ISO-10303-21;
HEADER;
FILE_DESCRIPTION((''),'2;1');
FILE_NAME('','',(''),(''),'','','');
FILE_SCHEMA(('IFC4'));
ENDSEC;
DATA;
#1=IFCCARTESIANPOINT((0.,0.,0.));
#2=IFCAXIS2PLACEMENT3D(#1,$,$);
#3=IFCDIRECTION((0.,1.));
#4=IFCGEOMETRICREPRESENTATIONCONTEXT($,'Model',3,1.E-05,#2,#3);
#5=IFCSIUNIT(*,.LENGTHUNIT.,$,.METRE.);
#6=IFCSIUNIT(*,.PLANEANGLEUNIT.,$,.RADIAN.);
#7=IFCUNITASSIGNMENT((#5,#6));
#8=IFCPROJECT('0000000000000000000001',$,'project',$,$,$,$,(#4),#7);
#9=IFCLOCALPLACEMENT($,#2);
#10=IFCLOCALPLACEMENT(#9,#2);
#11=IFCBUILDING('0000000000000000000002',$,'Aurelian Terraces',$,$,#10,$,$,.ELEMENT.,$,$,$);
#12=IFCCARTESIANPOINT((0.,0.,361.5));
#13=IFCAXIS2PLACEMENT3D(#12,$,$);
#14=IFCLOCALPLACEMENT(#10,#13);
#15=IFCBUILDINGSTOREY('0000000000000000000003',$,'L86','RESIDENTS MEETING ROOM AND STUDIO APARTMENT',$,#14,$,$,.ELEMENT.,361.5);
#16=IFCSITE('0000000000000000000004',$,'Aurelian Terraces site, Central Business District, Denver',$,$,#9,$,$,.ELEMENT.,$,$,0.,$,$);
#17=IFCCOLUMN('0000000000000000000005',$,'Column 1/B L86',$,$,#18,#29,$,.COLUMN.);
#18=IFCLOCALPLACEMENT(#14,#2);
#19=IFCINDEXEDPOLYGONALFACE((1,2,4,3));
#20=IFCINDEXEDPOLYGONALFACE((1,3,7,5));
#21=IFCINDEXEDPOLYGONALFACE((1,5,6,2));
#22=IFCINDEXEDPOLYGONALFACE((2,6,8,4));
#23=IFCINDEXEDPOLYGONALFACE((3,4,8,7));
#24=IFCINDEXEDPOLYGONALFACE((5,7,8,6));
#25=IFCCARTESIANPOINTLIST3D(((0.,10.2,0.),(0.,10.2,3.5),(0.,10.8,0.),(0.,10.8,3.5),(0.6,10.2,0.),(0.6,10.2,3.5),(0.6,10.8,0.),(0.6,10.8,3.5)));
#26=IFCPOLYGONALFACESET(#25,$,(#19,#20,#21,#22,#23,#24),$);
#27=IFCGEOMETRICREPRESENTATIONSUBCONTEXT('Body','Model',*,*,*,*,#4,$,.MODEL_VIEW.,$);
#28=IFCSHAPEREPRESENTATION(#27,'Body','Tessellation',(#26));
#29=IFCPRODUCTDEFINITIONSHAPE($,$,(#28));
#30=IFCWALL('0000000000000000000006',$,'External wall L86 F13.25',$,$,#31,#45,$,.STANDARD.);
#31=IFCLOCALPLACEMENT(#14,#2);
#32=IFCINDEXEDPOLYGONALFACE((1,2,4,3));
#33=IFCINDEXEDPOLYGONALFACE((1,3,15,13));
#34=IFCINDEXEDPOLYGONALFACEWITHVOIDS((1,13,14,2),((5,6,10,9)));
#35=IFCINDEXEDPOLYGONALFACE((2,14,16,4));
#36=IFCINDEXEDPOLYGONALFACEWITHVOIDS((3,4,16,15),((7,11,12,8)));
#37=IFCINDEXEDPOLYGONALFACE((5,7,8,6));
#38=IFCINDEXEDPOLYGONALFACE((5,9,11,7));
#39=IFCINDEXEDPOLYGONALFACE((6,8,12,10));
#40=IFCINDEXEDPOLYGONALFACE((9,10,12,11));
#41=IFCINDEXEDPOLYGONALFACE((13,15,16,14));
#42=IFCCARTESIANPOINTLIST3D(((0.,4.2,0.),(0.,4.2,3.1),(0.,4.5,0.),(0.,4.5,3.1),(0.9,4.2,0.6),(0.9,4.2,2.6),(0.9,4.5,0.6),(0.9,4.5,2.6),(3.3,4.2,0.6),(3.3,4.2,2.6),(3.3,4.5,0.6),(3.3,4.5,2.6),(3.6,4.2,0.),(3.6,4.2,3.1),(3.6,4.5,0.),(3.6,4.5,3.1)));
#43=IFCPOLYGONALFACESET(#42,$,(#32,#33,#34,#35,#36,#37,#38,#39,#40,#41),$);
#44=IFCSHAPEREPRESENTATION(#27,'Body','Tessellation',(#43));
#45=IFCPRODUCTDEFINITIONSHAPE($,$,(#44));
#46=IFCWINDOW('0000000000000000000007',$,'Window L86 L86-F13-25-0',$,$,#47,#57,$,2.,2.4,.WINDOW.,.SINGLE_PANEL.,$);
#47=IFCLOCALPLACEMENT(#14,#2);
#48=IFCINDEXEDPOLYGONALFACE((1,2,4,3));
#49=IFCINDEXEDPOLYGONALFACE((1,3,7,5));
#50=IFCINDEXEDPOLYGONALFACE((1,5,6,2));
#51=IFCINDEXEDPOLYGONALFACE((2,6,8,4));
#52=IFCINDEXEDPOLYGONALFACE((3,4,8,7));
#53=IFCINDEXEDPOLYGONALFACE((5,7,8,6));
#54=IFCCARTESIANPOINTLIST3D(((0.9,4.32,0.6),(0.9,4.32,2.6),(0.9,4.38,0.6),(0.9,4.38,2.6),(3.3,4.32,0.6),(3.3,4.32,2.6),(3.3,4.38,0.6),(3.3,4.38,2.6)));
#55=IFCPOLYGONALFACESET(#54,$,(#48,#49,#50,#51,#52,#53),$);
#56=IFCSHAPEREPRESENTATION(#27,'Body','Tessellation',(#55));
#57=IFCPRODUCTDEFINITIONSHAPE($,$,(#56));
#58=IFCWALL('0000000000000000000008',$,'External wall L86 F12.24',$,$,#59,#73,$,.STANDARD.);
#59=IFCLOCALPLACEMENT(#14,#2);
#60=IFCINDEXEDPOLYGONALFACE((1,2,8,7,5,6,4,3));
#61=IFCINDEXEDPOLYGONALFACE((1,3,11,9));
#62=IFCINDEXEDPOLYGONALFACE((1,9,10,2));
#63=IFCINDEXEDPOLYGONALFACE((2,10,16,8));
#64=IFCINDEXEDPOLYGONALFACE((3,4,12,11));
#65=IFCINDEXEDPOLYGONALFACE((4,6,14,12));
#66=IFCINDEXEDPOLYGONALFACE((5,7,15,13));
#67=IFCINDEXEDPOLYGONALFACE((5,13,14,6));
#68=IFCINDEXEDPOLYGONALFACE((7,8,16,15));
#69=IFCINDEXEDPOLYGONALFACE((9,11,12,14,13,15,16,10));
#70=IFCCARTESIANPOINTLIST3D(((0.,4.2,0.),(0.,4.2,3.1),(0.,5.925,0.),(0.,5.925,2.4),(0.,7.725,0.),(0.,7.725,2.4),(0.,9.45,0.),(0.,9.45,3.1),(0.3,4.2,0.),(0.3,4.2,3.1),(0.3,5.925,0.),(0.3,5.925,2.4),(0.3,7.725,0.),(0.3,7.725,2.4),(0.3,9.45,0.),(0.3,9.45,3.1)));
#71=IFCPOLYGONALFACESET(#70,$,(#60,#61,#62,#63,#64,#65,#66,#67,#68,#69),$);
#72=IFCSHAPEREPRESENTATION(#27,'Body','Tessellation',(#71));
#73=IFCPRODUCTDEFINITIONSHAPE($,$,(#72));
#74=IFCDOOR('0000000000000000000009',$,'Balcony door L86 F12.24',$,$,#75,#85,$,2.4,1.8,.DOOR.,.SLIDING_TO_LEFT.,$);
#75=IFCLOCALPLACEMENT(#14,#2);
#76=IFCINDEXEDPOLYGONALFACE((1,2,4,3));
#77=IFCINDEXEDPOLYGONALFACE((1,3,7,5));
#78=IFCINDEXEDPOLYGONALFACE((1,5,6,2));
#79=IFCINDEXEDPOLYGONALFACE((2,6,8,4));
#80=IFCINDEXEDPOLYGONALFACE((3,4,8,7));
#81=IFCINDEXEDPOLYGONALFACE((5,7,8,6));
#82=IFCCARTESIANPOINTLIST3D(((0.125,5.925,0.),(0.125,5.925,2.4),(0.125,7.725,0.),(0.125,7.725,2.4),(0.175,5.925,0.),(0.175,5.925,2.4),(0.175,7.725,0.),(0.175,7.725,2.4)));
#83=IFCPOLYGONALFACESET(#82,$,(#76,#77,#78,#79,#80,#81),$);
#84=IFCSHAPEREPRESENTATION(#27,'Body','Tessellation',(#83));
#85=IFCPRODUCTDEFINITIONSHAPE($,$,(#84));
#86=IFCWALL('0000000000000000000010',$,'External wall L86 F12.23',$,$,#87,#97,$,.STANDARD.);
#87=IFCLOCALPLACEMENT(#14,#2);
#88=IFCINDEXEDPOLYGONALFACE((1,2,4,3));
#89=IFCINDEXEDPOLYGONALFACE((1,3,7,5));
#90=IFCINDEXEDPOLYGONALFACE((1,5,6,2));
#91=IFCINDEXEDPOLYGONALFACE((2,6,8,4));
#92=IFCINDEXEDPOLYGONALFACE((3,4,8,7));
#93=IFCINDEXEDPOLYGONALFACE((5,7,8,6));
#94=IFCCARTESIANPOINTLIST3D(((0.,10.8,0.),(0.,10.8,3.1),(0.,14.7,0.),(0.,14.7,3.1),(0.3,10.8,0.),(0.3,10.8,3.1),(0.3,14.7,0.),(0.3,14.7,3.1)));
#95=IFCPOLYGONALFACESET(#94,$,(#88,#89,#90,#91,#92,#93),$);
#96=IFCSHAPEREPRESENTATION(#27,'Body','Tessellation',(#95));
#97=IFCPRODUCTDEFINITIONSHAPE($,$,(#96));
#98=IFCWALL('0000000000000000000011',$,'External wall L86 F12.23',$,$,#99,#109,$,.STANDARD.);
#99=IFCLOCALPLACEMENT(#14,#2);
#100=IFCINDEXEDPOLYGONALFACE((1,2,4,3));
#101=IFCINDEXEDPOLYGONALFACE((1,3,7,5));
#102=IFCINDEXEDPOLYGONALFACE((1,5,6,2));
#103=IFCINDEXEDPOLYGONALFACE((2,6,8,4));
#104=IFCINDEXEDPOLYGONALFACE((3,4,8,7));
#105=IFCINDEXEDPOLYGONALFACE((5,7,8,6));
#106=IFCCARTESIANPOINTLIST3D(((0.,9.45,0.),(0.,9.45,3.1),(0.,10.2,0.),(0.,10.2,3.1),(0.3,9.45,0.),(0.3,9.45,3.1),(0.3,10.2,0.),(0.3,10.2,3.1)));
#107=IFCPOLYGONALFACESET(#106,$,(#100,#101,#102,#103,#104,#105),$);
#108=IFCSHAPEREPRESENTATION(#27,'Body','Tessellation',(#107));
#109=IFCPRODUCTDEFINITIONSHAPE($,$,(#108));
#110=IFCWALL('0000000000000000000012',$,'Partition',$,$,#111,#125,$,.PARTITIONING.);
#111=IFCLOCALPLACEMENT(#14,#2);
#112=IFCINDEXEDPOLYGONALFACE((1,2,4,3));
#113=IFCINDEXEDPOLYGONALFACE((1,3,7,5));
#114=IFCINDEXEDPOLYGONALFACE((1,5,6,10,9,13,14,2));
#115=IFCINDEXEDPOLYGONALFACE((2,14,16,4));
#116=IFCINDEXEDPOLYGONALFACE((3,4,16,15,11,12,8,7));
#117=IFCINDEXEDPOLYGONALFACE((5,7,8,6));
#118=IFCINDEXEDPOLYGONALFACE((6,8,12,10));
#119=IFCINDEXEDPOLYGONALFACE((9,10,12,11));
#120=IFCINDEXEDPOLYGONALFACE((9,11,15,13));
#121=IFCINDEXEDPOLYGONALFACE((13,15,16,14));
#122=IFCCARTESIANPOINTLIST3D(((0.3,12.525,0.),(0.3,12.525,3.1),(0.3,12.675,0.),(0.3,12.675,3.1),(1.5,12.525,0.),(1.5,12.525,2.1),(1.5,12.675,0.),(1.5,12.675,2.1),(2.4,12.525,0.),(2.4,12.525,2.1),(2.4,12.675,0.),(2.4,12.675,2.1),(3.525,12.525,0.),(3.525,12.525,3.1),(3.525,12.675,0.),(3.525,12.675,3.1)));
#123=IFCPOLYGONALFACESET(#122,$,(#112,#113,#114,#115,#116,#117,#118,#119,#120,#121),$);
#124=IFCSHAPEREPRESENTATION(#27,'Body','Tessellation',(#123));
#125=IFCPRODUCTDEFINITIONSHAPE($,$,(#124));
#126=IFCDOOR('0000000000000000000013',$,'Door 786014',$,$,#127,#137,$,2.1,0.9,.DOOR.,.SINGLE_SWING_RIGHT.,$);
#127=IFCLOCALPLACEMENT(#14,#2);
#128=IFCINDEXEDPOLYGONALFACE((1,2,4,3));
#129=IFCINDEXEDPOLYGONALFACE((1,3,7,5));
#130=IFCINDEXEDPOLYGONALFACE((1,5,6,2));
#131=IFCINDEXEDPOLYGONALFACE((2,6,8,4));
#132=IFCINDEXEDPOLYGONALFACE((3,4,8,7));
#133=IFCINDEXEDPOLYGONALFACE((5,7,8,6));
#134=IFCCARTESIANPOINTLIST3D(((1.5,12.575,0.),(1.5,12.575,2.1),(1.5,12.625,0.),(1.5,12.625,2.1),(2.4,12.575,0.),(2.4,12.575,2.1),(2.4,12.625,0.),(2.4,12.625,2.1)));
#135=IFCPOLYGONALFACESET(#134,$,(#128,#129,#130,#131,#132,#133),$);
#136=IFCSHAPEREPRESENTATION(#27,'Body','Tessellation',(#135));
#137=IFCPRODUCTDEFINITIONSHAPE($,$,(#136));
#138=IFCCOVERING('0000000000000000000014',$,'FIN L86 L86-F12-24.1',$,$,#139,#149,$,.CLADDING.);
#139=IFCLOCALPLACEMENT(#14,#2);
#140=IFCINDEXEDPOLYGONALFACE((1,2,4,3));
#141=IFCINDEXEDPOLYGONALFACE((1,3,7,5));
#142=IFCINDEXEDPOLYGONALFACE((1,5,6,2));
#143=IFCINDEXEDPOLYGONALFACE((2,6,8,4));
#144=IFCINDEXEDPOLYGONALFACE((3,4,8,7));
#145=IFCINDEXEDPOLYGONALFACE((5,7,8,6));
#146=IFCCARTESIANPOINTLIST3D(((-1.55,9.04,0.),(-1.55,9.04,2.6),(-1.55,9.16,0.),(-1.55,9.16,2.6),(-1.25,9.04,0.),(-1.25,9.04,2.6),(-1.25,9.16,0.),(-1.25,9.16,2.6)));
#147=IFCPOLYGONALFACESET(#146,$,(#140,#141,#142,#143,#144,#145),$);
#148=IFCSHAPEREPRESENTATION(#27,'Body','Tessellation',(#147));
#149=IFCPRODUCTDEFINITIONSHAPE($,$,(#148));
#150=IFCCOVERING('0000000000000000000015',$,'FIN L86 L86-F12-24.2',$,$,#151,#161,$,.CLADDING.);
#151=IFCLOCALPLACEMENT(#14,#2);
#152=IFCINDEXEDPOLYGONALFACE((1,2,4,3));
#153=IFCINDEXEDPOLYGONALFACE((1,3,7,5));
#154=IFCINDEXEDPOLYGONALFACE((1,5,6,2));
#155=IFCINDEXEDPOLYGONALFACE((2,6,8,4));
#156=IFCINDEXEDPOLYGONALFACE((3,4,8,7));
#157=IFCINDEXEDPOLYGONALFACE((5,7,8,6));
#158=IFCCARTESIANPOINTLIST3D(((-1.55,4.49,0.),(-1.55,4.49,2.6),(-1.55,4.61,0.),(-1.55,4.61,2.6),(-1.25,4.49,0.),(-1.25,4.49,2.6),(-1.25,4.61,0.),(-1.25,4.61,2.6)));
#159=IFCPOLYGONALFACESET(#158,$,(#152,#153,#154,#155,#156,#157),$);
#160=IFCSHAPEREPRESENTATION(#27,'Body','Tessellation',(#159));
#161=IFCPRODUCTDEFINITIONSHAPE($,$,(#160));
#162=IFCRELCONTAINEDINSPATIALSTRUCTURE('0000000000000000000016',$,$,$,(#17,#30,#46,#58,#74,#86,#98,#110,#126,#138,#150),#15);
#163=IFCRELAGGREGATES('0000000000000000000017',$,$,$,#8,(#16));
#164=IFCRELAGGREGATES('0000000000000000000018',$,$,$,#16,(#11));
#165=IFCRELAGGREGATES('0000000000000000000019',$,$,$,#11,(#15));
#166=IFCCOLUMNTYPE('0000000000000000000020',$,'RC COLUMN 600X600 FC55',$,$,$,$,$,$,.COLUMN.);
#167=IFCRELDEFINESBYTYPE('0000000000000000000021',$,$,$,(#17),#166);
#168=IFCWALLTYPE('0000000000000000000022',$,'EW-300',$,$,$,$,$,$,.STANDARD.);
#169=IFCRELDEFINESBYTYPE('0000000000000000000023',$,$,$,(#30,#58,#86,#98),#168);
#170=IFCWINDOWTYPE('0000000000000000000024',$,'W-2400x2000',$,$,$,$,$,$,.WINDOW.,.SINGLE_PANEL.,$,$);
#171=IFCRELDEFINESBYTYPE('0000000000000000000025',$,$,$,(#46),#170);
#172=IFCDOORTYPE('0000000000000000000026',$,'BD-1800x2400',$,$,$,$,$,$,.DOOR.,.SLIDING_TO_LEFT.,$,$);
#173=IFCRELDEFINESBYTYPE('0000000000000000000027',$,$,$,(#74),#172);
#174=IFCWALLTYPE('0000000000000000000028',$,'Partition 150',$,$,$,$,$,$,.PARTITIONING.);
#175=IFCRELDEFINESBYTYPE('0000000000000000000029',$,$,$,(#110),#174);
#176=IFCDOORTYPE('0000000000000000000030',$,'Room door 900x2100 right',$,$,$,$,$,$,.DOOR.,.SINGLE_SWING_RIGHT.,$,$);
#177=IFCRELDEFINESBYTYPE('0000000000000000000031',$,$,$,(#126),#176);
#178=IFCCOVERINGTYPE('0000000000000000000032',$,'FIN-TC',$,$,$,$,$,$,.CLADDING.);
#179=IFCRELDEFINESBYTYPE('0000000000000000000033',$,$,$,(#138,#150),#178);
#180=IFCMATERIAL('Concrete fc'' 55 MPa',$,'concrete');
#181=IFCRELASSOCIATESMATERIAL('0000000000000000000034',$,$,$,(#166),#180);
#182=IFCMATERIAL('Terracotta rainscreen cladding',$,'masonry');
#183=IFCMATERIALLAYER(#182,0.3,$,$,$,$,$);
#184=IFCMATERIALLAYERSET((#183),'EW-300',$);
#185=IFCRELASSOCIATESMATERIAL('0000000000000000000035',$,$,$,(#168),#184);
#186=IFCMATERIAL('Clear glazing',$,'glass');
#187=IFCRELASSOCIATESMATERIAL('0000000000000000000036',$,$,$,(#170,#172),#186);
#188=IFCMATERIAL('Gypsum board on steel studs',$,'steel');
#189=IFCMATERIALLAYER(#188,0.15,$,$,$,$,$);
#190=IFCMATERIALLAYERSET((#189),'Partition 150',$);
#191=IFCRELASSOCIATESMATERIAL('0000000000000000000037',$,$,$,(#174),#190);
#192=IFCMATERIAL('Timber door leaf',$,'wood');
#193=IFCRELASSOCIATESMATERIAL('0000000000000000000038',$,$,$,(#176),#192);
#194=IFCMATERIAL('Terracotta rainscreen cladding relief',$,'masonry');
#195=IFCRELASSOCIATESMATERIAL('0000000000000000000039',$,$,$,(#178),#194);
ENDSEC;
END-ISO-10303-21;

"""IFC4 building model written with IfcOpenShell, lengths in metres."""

from ifc_helpers import new_model, si_unit, direction, frame, frame_2d, origin, origin_2d, place, context, subcontext, project, spatial, rectangle, extrude, source, transform, mapped, material, layer, layer_set, material_profile, profile_set, type_object, element, fill, save


model = new_model("IFC4")

# Units and contexts
model_context = context("Model", 3, precision=1e-05, world=origin(), true_north=direction((0.0, 1.0)))
body_context = subcontext(model_context, "Body", "Model", "MODEL_VIEW")
ifc_project = project(units=[si_unit("LENGTHUNIT", "METRE"), si_unit("PLANEANGLEUNIT", "RADIAN")], contexts=[model_context])

# Site, building, storey
site_placement = place(None, origin())
site = spatial("IfcSite", under=ifc_project, at=site_placement, Name="Aurelian Terraces site, Central Business District, Denver", CompositionType="ELEMENT", RefElevation=0.0)
building_placement = place(site_placement, origin())
building = spatial("IfcBuilding", under=site, at=building_placement, Name="Aurelian Terraces", CompositionType="ELEMENT")
storey_placement = place(building_placement, frame((0.0, 0.0, 361.5)))
storey = spatial("IfcBuildingStorey", under=building, at=storey_placement, Name="L86", Description="RESIDENTS MEETING ROOM AND STUDIO APARTMENT", CompositionType="ELEMENT", Elevation=361.5)

# Column
ifc_material_1 = material(Name="Concrete fc' 55 MPa", Category="concrete")
ifc_material_profile = material_profile(ifc_material_1, rectangle(XDim=0.6, YDim=0.6, at=origin_2d()))
ifc_profile_set = profile_set([ifc_material_profile], Name="Concrete fc' 55 MPa")
column_type = type_object("IfcColumnType", Name="RC COLUMN 600X600 FC55", PredefinedType="COLUMN", material=ifc_profile_set)
shared_shape_1 = source(origin(), body_context, "Body", "SweptSolid", [
    extrude(rectangle(XDim=0.6, YDim=0.6, at=origin_2d()), origin(), (0.0, 0.0, 1.0), 3.5),
])
column_placement = place(storey_placement, frame((0.3, 10.5, 0.0), z_axis=(0.0, 0.0, 1.0), x_axis=(1.0, 0.0, 0.0)))
element("IfcColumn", 1, at=column_placement, inside=storey, type_object=column_type, Name="Column 1/B L86", PredefinedType="COLUMN", context=body_context, shape_type="MappedRepresentation", body=[
    mapped(shared_shape_1, transform((0.0, 0.0, 0.0), scale=1.0)),
])

# Wall, opening, window
ifc_material_2 = material(Name="Terracotta rainscreen cladding", Category="masonry")
ifc_layer_1 = layer(ifc_material_2, 0.3)
ifc_layer_set_1 = layer_set([ifc_layer_1], Name="EW-300")
wall_type_1 = type_object("IfcWallType", Name="EW-300", PredefinedType="STANDARD", material=ifc_layer_set_1)
shared_shape_2 = source(origin(), body_context, "Body", "SweptSolid", [
    extrude(rectangle(XDim=3.6, YDim=0.3, at=frame_2d((1.8, 0.0))), origin(), (0.0, 0.0, 1.0), 3.1),
])
wall_1_placement = place(storey_placement, frame((0.0, 4.35, 0.0), z_axis=(0.0, 0.0, 1.0), x_axis=(1.0, 0.0, 0.0)))
wall_1 = element("IfcWall", 2, at=wall_1_placement, inside=storey, type_object=wall_type_1, Name="External wall L86 F13.25", PredefinedType="STANDARD", context=body_context, shape_type="MappedRepresentation", body=[
    mapped(shared_shape_2, transform((0.0, 0.0, 0.0), scale=1.0)),
])
shared_shape_3 = source(origin(), body_context, "Body", "SweptSolid", [
    extrude(rectangle(XDim=2.4, YDim=2.0, at=frame_2d((1.2, 1.0))), frame((0.0, 0.16, 0.0), z_axis=(0.0, -1.0, 0.0), x_axis=(1.0, 0.0, 0.0)), (0.0, 0.0, 1.0), 0.32),
])
opening_1_placement = place(wall_1_placement, frame((0.9, 0.0, 0.6)))
opening_1 = element("IfcOpeningElement", 3, at=opening_1_placement, cuts=wall_1, PredefinedType="OPENING", context=body_context, shape_type="MappedRepresentation", body=[
    mapped(shared_shape_3, transform((0.0, 0.0, 0.0), scale=1.0)),
])
ifc_material_3 = material(Name="Clear glazing", Category="glass")
window_type = type_object("IfcWindowType", Name="W-2400x2000", PartitioningType="SINGLE_PANEL", PredefinedType="WINDOW", material=ifc_material_3)
shared_shape_4 = source(origin(), body_context, "Body", "SweptSolid", [
    extrude(rectangle(XDim=2.4, YDim=2.0, at=frame_2d((1.2, 1.0))), frame((0.0, 0.03, 0.0), z_axis=(0.0, -1.0, 0.0), x_axis=(1.0, 0.0, 0.0)), (0.0, 0.0, 1.0), 0.06),
])
window_placement = place(opening_1_placement, origin())
window = element("IfcWindow", 4, at=window_placement, inside=storey, type_object=window_type, Name="Window L86 L86-F13-25-0", OverallHeight=2.0, OverallWidth=2.4, PartitioningType="SINGLE_PANEL", PredefinedType="WINDOW", context=body_context, shape_type="MappedRepresentation", body=[
    mapped(shared_shape_4, transform((0.0, 0.0, 0.0), scale=1.0)),
])
fill(opening_1, window)

# Wall, opening, door
shared_shape_5 = source(origin(), body_context, "Body", "SweptSolid", [
    extrude(rectangle(XDim=5.25, YDim=0.3, at=frame_2d((2.625, 0.0))), origin(), (0.0, 0.0, 1.0), 3.1),
])
wall_2_placement = place(storey_placement, frame((0.15, 9.45, 0.0), z_axis=(0.0, 0.0, 1.0), x_axis=(0.0, -1.0, 0.0)))
wall_2 = element("IfcWall", 5, at=wall_2_placement, inside=storey, type_object=wall_type_1, Name="External wall L86 F12.24", PredefinedType="STANDARD", context=body_context, shape_type="MappedRepresentation", body=[
    mapped(shared_shape_5, transform((0.0, 0.0, 0.0), scale=1.0)),
])
shared_shape_6 = source(origin(), body_context, "Body", "SweptSolid", [
    extrude(rectangle(XDim=1.8, YDim=2.4, at=frame_2d((0.9, 1.2))), frame((0.0, 0.16, 0.0), z_axis=(0.0, -1.0, 0.0), x_axis=(1.0, 0.0, 0.0)), (0.0, 0.0, 1.0), 0.32),
])
opening_2_placement = place(wall_2_placement, frame((1.725, 0.0, 0.0)))
opening_2 = element("IfcOpeningElement", 6, at=opening_2_placement, cuts=wall_2, PredefinedType="OPENING", context=body_context, shape_type="MappedRepresentation", body=[
    mapped(shared_shape_6, transform((0.0, 0.0, 0.0), scale=1.0)),
])
door_type_1 = type_object("IfcDoorType", Name="BD-1800x2400", OperationType="SLIDING_TO_LEFT", PredefinedType="DOOR", material=ifc_material_3)
shared_shape_7 = source(origin(), body_context, "Body", "SweptSolid", [
    extrude(rectangle(XDim=1.8, YDim=2.4, at=frame_2d((0.9, 1.2))), frame((0.0, 0.025, 0.0), z_axis=(0.0, -1.0, 0.0), x_axis=(1.0, 0.0, 0.0)), (0.0, 0.0, 1.0), 0.05),
])
door_1_placement = place(opening_2_placement, origin())
door_1 = element("IfcDoor", 7, at=door_1_placement, inside=storey, type_object=door_type_1, Name="Balcony door L86 F12.24", OperationType="SLIDING_TO_LEFT", OverallHeight=2.4, OverallWidth=1.8, PredefinedType="DOOR", context=body_context, shape_type="MappedRepresentation", body=[
    mapped(shared_shape_7, transform((0.0, 0.0, 0.0), scale=1.0)),
])
fill(opening_2, door_1)

# Walls
shared_shape_8 = source(origin(), body_context, "Body", "SweptSolid", [
    extrude(rectangle(XDim=3.9, YDim=0.3, at=frame_2d((1.95, 0.0))), origin(), (0.0, 0.0, 1.0), 3.1),
])
wall_3_placement = place(storey_placement, frame((0.15, 14.7, 0.0), z_axis=(0.0, 0.0, 1.0), x_axis=(0.0, -1.0, 0.0)))
element("IfcWall", 8, at=wall_3_placement, inside=storey, type_object=wall_type_1, Name="External wall L86 F12.23", PredefinedType="STANDARD", context=body_context, shape_type="MappedRepresentation", body=[
    mapped(shared_shape_8, transform((0.0, 0.0, 0.0), scale=1.0)),
])
shared_shape_9 = source(origin(), body_context, "Body", "SweptSolid", [
    extrude(rectangle(XDim=0.75, YDim=0.3, at=frame_2d((0.375, 0.0))), origin(), (0.0, 0.0, 1.0), 3.1),
])
wall_4_placement = place(storey_placement, frame((0.15, 10.2, 0.0), z_axis=(0.0, 0.0, 1.0), x_axis=(0.0, -1.0, 0.0)))
element("IfcWall", 9, at=wall_4_placement, inside=storey, type_object=wall_type_1, Name="External wall L86 F12.23", PredefinedType="STANDARD", context=body_context, shape_type="MappedRepresentation", body=[
    mapped(shared_shape_9, transform((0.0, 0.0, 0.0), scale=1.0)),
])

# Wall, opening, door
ifc_material_4 = material(Name="Gypsum board on steel studs", Category="steel")
ifc_layer_2 = layer(ifc_material_4, 0.15)
ifc_layer_set_2 = layer_set([ifc_layer_2], Name="Partition 150")
wall_type_2 = type_object("IfcWallType", Name="Partition 150", PredefinedType="PARTITIONING", material=ifc_layer_set_2)
shared_shape_10 = source(origin(), body_context, "Body", "SweptSolid", [
    extrude(rectangle(XDim=3.225, YDim=0.15, at=frame_2d((1.6125, 0.0))), origin(), (0.0, 0.0, 1.0), 3.1),
])
wall_5_placement = place(storey_placement, frame((0.3, 12.6, 0.0), z_axis=(0.0, 0.0, 1.0), x_axis=(1.0, 0.0, 0.0)))
wall_5 = element("IfcWall", 10, at=wall_5_placement, inside=storey, type_object=wall_type_2, Name="Partition", PredefinedType="PARTITIONING", context=body_context, shape_type="MappedRepresentation", body=[
    mapped(shared_shape_10, transform((0.0, 0.0, 0.0), scale=1.0)),
])
shared_shape_11 = source(origin(), body_context, "Body", "SweptSolid", [
    extrude(rectangle(XDim=0.9, YDim=2.1, at=frame_2d((0.45, 1.05))), frame((0.0, 0.085, 0.0), z_axis=(0.0, -1.0, 0.0), x_axis=(1.0, 0.0, 0.0)), (0.0, 0.0, 1.0), 0.17),
])
opening_3_placement = place(wall_5_placement, frame((1.2, 0.0, 0.0)))
opening_3 = element("IfcOpeningElement", 11, at=opening_3_placement, cuts=wall_5, PredefinedType="OPENING", context=body_context, shape_type="MappedRepresentation", body=[
    mapped(shared_shape_11, transform((0.0, 0.0, 0.0), scale=1.0)),
])
ifc_material_5 = material(Name="Timber door leaf", Category="wood")
door_type_2 = type_object("IfcDoorType", Name="Room door 900x2100 right", OperationType="SINGLE_SWING_RIGHT", PredefinedType="DOOR", material=ifc_material_5)
shared_shape_12 = source(origin(), body_context, "Body", "SweptSolid", [
    extrude(rectangle(XDim=0.9, YDim=2.1, at=frame_2d((0.45, 1.05))), frame((0.0, 0.025, 0.0), z_axis=(0.0, -1.0, 0.0), x_axis=(1.0, 0.0, 0.0)), (0.0, 0.0, 1.0), 0.05),
])
door_2_placement = place(opening_3_placement, origin())
door_2 = element("IfcDoor", 12, at=door_2_placement, inside=storey, type_object=door_type_2, Name="Door 786014", OperationType="SINGLE_SWING_RIGHT", OverallHeight=2.1, OverallWidth=0.9, PredefinedType="DOOR", context=body_context, shape_type="MappedRepresentation", body=[
    mapped(shared_shape_12, transform((0.0, 0.0, 0.0), scale=1.0)),
])
fill(opening_3, door_2)

# Coverings
ifc_material_6 = material(Name="Terracotta rainscreen cladding relief", Category="masonry")
covering_type_1 = type_object("IfcCoveringType", Name="FIN-TC", PredefinedType="CLADDING", material=ifc_material_6)
shared_shape_13 = source(origin(), body_context, "Body", "SweptSolid", [
    extrude(rectangle(XDim=0.3, YDim=0.12, at=origin_2d()), origin(), (0.0, 0.0, 1.0), 2.6),
])
for number, where, z_axis, x_axis, name in (
    (13, (-1.4, 9.1, 0.0), (0.0, 0.0, 1.0), (1.0, 0.0, 0.0), "FIN L86 L86-F12-24.1"),
    (14, (-1.4, 4.55, 0.0), (0.0, 0.0, 1.0), (1.0, 0.0, 0.0), "FIN L86 L86-F12-24.2"),
):
    element("IfcCovering", number, at=place(storey_placement, frame(where, z_axis=z_axis, x_axis=x_axis)), inside=storey, type_object=covering_type_1, Name=name, PredefinedType="CLADDING", context=body_context, shape_type="MappedRepresentation", body=[
        mapped(shared_shape_13, transform((0.0, 0.0, 0.0), scale=1.0)),
    ])

save(model, "model.ifc")
